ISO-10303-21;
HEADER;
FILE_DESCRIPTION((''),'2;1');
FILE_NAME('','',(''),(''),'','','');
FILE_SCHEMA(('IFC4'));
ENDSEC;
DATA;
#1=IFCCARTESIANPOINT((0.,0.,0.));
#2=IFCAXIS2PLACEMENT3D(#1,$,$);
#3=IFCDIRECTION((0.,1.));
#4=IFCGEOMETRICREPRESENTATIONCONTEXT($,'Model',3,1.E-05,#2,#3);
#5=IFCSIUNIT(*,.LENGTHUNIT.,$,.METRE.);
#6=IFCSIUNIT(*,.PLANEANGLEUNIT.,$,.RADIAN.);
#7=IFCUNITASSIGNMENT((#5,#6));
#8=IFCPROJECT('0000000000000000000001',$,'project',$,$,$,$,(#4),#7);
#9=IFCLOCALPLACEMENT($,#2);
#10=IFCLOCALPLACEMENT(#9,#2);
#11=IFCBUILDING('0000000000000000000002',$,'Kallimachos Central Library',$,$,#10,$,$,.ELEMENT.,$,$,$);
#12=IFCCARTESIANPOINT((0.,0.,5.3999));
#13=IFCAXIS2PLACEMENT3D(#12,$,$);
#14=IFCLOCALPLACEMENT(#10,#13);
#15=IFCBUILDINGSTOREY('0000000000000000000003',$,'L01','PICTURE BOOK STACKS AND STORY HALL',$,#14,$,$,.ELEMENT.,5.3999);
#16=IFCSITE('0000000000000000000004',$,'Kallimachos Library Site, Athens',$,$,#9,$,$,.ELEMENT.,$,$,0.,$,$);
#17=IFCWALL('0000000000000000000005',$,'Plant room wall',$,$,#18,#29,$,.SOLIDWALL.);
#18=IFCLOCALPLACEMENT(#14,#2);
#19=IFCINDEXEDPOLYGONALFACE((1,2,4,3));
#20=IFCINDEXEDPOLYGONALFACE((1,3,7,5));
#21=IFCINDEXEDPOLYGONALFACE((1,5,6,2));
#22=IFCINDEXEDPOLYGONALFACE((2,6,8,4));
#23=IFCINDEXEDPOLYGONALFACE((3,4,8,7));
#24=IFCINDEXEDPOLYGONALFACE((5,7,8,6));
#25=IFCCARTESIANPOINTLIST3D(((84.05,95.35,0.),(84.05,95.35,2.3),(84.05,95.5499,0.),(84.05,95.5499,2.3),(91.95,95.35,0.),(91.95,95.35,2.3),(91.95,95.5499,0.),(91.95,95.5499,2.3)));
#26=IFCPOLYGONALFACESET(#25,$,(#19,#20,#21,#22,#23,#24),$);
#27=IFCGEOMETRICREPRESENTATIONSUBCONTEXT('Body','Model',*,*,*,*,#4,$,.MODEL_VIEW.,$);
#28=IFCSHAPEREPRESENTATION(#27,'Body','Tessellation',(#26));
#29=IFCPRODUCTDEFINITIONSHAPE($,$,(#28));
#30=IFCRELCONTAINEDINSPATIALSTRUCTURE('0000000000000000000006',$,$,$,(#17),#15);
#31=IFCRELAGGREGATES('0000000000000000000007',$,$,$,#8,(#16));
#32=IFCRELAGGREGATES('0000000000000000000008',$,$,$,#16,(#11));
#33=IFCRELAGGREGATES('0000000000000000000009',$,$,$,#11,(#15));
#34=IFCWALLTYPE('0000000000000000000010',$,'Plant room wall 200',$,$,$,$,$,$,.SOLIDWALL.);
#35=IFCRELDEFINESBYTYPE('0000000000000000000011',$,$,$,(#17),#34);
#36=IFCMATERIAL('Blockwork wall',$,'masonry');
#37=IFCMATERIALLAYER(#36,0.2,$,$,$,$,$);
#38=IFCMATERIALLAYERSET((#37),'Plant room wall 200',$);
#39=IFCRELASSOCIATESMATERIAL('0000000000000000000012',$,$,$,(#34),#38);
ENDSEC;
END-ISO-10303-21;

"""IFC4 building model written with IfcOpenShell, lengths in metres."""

from ifc_helpers import new_model, si_unit, direction, frame, frame_2d, origin, place, context, subcontext, project, spatial, rectangle, extrude, material, layer, layer_set, type_object, element, save


model = new_model("IFC4")

# Units and contexts
model_context = context("Model", 3, precision=1e-05, world=origin(), true_north=direction((0.0, 1.0)))
body_context = subcontext(model_context, "Body", "Model", "MODEL_VIEW")
ifc_project = project(units=[si_unit("LENGTHUNIT", "METRE"), si_unit("PLANEANGLEUNIT", "RADIAN")], contexts=[model_context])

# Site, building, storey
site_placement = place(None, origin())
site = spatial("IfcSite", under=ifc_project, at=site_placement, Name="Kallimachos Library Site, Athens", CompositionType="ELEMENT", RefElevation=0.0)
building_placement = place(site_placement, origin())
building = spatial("IfcBuilding", under=site, at=building_placement, Name="Kallimachos Central Library", CompositionType="ELEMENT")
storey_placement = place(building_placement, frame((0.0, 0.0, 5.3999)))
storey = spatial("IfcBuildingStorey", under=building, at=storey_placement, Name="L01", Description="PICTURE BOOK STACKS AND STORY HALL", CompositionType="ELEMENT", Elevation=5.3999)

# Shared definitions
ifc_material_1 = material(Name="Blockwork wall", Category="masonry")
ifc_layer_1 = layer(ifc_material_1, 0.2)
ifc_layer_set_1 = layer_set([ifc_layer_1], Name="Plant room wall 200")
wall_type_1 = type_object("IfcWallType", Name="Plant room wall 200", PredefinedType="SOLIDWALL", material=ifc_layer_set_1)

# Wall
wall_1_placement = place(storey_placement, frame((84.05, 95.45, 0.0), z_axis=(0.0, 0.0, 1.0), x_axis=(1.0, 0.0, 0.0)))
element("IfcWall", 1, at=wall_1_placement, inside=storey, type_object=wall_type_1, Name="Plant room wall", PredefinedType="SOLIDWALL", context=body_context, shape_type="SweptSolid", body=[
    extrude(rectangle(XDim=7.8999, YDim=0.2, at=frame_2d((3.95, 0.0))), origin(), (0.0, 0.0, 1.0), 2.3),
])

save(model, "model.ifc")
